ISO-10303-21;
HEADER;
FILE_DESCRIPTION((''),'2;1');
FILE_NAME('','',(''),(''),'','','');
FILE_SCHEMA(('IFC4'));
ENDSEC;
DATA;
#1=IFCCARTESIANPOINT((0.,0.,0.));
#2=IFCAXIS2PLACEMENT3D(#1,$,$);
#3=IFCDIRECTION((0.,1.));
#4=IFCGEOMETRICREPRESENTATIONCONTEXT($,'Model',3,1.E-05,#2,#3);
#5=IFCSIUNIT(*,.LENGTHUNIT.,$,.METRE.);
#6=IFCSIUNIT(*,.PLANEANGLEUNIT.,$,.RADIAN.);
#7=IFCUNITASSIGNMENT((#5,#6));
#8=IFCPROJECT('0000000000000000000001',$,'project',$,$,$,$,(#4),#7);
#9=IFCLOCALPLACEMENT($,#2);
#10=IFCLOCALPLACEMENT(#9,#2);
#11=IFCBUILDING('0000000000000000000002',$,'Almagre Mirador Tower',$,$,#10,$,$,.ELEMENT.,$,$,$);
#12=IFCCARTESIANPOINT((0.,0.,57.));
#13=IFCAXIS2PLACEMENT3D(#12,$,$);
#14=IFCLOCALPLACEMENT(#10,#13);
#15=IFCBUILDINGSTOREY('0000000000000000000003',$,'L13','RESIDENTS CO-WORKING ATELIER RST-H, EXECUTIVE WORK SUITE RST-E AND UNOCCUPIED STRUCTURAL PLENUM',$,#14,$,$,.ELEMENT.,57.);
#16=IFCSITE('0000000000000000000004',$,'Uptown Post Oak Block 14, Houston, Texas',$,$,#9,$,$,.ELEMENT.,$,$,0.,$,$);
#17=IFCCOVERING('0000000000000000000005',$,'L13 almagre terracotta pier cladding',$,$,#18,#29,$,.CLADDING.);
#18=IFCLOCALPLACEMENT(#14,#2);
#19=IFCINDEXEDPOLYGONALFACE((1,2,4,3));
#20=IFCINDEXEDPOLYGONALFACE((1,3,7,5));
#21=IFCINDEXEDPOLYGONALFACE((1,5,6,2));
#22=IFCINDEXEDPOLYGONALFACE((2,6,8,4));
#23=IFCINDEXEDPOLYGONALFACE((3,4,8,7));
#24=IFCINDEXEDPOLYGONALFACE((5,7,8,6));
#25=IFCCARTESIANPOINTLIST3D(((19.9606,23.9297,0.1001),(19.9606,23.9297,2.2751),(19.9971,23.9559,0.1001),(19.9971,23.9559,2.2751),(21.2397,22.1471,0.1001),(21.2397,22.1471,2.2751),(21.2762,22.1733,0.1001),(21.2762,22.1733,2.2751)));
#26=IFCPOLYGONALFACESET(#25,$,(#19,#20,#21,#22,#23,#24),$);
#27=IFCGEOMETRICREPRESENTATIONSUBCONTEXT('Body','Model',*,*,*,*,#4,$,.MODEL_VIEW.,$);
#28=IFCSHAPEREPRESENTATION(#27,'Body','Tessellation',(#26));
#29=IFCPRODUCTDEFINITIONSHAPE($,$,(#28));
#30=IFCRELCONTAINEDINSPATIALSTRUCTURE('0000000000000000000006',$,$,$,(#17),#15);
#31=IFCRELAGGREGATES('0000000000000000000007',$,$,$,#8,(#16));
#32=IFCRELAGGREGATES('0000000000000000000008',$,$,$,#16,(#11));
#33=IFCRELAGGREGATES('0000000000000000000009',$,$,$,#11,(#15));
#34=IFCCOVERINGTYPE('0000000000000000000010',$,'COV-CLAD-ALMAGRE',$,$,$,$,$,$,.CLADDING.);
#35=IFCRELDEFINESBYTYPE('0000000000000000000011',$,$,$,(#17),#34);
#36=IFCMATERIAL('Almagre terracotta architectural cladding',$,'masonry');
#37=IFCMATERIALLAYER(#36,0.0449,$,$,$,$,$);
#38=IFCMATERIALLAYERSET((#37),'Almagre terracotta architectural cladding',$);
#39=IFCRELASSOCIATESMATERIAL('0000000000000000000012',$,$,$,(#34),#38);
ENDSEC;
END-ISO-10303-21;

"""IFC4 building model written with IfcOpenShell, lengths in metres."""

from ifc_helpers import new_model, si_unit, direction, frame, origin, origin_2d, place, context, subcontext, project, spatial, rectangle, extrude, material, layer, layer_set, type_object, element, save


model = new_model("IFC4")

# Units and contexts
model_context = context("Model", 3, precision=1e-05, world=origin(), true_north=direction((0.0, 1.0)))
body_context = subcontext(model_context, "Body", "Model", "MODEL_VIEW")
ifc_project = project(units=[si_unit("LENGTHUNIT", "METRE"), si_unit("PLANEANGLEUNIT", "RADIAN")], contexts=[model_context])

# Site, building, storey
site_placement = place(None, origin())
site = spatial("IfcSite", under=ifc_project, at=site_placement, Name="Uptown Post Oak Block 14, Houston, Texas", CompositionType="ELEMENT", RefElevation=0.0)
building_placement = place(site_placement, origin())
building = spatial("IfcBuilding", under=site, at=building_placement, Name="Almagre Mirador Tower", CompositionType="ELEMENT")
storey_placement = place(building_placement, frame((0.0, 0.0, 57.0)))
storey = spatial("IfcBuildingStorey", under=building, at=storey_placement, Name="L13", Description="RESIDENTS CO-WORKING ATELIER RST-H, EXECUTIVE WORK SUITE RST-E AND UNOCCUPIED STRUCTURAL PLENUM", CompositionType="ELEMENT", Elevation=57.0)

# Covering
ifc_material_1 = material(Name="Almagre terracotta architectural cladding", Category="masonry")
ifc_layer_1 = layer(ifc_material_1, 0.0449)
ifc_layer_set_1 = layer_set([ifc_layer_1], Name="Almagre terracotta architectural cladding")
covering_type = type_object("IfcCoveringType", Name="COV-CLAD-ALMAGRE", PredefinedType="CLADDING", material=ifc_layer_set_1)
covering_placement = place(storey_placement, frame((20.6184, 23.0515, 0.1001), z_axis=(0.0, 0.0, 1.0), x_axis=(-0.583002, 0.81247, 0.0)))
element("IfcCovering", 1, at=covering_placement, inside=storey, type_object=covering_type, Name="L13 almagre terracotta pier cladding", PredefinedType="CLADDING", context=body_context, shape_type="SweptSolid", body=[
    extrude(rectangle(XDim=2.1941, YDim=0.0449, at=origin_2d()), origin(), (0.0, 0.0, 1.0), 2.175),
])

save(model, "model.ifc")
